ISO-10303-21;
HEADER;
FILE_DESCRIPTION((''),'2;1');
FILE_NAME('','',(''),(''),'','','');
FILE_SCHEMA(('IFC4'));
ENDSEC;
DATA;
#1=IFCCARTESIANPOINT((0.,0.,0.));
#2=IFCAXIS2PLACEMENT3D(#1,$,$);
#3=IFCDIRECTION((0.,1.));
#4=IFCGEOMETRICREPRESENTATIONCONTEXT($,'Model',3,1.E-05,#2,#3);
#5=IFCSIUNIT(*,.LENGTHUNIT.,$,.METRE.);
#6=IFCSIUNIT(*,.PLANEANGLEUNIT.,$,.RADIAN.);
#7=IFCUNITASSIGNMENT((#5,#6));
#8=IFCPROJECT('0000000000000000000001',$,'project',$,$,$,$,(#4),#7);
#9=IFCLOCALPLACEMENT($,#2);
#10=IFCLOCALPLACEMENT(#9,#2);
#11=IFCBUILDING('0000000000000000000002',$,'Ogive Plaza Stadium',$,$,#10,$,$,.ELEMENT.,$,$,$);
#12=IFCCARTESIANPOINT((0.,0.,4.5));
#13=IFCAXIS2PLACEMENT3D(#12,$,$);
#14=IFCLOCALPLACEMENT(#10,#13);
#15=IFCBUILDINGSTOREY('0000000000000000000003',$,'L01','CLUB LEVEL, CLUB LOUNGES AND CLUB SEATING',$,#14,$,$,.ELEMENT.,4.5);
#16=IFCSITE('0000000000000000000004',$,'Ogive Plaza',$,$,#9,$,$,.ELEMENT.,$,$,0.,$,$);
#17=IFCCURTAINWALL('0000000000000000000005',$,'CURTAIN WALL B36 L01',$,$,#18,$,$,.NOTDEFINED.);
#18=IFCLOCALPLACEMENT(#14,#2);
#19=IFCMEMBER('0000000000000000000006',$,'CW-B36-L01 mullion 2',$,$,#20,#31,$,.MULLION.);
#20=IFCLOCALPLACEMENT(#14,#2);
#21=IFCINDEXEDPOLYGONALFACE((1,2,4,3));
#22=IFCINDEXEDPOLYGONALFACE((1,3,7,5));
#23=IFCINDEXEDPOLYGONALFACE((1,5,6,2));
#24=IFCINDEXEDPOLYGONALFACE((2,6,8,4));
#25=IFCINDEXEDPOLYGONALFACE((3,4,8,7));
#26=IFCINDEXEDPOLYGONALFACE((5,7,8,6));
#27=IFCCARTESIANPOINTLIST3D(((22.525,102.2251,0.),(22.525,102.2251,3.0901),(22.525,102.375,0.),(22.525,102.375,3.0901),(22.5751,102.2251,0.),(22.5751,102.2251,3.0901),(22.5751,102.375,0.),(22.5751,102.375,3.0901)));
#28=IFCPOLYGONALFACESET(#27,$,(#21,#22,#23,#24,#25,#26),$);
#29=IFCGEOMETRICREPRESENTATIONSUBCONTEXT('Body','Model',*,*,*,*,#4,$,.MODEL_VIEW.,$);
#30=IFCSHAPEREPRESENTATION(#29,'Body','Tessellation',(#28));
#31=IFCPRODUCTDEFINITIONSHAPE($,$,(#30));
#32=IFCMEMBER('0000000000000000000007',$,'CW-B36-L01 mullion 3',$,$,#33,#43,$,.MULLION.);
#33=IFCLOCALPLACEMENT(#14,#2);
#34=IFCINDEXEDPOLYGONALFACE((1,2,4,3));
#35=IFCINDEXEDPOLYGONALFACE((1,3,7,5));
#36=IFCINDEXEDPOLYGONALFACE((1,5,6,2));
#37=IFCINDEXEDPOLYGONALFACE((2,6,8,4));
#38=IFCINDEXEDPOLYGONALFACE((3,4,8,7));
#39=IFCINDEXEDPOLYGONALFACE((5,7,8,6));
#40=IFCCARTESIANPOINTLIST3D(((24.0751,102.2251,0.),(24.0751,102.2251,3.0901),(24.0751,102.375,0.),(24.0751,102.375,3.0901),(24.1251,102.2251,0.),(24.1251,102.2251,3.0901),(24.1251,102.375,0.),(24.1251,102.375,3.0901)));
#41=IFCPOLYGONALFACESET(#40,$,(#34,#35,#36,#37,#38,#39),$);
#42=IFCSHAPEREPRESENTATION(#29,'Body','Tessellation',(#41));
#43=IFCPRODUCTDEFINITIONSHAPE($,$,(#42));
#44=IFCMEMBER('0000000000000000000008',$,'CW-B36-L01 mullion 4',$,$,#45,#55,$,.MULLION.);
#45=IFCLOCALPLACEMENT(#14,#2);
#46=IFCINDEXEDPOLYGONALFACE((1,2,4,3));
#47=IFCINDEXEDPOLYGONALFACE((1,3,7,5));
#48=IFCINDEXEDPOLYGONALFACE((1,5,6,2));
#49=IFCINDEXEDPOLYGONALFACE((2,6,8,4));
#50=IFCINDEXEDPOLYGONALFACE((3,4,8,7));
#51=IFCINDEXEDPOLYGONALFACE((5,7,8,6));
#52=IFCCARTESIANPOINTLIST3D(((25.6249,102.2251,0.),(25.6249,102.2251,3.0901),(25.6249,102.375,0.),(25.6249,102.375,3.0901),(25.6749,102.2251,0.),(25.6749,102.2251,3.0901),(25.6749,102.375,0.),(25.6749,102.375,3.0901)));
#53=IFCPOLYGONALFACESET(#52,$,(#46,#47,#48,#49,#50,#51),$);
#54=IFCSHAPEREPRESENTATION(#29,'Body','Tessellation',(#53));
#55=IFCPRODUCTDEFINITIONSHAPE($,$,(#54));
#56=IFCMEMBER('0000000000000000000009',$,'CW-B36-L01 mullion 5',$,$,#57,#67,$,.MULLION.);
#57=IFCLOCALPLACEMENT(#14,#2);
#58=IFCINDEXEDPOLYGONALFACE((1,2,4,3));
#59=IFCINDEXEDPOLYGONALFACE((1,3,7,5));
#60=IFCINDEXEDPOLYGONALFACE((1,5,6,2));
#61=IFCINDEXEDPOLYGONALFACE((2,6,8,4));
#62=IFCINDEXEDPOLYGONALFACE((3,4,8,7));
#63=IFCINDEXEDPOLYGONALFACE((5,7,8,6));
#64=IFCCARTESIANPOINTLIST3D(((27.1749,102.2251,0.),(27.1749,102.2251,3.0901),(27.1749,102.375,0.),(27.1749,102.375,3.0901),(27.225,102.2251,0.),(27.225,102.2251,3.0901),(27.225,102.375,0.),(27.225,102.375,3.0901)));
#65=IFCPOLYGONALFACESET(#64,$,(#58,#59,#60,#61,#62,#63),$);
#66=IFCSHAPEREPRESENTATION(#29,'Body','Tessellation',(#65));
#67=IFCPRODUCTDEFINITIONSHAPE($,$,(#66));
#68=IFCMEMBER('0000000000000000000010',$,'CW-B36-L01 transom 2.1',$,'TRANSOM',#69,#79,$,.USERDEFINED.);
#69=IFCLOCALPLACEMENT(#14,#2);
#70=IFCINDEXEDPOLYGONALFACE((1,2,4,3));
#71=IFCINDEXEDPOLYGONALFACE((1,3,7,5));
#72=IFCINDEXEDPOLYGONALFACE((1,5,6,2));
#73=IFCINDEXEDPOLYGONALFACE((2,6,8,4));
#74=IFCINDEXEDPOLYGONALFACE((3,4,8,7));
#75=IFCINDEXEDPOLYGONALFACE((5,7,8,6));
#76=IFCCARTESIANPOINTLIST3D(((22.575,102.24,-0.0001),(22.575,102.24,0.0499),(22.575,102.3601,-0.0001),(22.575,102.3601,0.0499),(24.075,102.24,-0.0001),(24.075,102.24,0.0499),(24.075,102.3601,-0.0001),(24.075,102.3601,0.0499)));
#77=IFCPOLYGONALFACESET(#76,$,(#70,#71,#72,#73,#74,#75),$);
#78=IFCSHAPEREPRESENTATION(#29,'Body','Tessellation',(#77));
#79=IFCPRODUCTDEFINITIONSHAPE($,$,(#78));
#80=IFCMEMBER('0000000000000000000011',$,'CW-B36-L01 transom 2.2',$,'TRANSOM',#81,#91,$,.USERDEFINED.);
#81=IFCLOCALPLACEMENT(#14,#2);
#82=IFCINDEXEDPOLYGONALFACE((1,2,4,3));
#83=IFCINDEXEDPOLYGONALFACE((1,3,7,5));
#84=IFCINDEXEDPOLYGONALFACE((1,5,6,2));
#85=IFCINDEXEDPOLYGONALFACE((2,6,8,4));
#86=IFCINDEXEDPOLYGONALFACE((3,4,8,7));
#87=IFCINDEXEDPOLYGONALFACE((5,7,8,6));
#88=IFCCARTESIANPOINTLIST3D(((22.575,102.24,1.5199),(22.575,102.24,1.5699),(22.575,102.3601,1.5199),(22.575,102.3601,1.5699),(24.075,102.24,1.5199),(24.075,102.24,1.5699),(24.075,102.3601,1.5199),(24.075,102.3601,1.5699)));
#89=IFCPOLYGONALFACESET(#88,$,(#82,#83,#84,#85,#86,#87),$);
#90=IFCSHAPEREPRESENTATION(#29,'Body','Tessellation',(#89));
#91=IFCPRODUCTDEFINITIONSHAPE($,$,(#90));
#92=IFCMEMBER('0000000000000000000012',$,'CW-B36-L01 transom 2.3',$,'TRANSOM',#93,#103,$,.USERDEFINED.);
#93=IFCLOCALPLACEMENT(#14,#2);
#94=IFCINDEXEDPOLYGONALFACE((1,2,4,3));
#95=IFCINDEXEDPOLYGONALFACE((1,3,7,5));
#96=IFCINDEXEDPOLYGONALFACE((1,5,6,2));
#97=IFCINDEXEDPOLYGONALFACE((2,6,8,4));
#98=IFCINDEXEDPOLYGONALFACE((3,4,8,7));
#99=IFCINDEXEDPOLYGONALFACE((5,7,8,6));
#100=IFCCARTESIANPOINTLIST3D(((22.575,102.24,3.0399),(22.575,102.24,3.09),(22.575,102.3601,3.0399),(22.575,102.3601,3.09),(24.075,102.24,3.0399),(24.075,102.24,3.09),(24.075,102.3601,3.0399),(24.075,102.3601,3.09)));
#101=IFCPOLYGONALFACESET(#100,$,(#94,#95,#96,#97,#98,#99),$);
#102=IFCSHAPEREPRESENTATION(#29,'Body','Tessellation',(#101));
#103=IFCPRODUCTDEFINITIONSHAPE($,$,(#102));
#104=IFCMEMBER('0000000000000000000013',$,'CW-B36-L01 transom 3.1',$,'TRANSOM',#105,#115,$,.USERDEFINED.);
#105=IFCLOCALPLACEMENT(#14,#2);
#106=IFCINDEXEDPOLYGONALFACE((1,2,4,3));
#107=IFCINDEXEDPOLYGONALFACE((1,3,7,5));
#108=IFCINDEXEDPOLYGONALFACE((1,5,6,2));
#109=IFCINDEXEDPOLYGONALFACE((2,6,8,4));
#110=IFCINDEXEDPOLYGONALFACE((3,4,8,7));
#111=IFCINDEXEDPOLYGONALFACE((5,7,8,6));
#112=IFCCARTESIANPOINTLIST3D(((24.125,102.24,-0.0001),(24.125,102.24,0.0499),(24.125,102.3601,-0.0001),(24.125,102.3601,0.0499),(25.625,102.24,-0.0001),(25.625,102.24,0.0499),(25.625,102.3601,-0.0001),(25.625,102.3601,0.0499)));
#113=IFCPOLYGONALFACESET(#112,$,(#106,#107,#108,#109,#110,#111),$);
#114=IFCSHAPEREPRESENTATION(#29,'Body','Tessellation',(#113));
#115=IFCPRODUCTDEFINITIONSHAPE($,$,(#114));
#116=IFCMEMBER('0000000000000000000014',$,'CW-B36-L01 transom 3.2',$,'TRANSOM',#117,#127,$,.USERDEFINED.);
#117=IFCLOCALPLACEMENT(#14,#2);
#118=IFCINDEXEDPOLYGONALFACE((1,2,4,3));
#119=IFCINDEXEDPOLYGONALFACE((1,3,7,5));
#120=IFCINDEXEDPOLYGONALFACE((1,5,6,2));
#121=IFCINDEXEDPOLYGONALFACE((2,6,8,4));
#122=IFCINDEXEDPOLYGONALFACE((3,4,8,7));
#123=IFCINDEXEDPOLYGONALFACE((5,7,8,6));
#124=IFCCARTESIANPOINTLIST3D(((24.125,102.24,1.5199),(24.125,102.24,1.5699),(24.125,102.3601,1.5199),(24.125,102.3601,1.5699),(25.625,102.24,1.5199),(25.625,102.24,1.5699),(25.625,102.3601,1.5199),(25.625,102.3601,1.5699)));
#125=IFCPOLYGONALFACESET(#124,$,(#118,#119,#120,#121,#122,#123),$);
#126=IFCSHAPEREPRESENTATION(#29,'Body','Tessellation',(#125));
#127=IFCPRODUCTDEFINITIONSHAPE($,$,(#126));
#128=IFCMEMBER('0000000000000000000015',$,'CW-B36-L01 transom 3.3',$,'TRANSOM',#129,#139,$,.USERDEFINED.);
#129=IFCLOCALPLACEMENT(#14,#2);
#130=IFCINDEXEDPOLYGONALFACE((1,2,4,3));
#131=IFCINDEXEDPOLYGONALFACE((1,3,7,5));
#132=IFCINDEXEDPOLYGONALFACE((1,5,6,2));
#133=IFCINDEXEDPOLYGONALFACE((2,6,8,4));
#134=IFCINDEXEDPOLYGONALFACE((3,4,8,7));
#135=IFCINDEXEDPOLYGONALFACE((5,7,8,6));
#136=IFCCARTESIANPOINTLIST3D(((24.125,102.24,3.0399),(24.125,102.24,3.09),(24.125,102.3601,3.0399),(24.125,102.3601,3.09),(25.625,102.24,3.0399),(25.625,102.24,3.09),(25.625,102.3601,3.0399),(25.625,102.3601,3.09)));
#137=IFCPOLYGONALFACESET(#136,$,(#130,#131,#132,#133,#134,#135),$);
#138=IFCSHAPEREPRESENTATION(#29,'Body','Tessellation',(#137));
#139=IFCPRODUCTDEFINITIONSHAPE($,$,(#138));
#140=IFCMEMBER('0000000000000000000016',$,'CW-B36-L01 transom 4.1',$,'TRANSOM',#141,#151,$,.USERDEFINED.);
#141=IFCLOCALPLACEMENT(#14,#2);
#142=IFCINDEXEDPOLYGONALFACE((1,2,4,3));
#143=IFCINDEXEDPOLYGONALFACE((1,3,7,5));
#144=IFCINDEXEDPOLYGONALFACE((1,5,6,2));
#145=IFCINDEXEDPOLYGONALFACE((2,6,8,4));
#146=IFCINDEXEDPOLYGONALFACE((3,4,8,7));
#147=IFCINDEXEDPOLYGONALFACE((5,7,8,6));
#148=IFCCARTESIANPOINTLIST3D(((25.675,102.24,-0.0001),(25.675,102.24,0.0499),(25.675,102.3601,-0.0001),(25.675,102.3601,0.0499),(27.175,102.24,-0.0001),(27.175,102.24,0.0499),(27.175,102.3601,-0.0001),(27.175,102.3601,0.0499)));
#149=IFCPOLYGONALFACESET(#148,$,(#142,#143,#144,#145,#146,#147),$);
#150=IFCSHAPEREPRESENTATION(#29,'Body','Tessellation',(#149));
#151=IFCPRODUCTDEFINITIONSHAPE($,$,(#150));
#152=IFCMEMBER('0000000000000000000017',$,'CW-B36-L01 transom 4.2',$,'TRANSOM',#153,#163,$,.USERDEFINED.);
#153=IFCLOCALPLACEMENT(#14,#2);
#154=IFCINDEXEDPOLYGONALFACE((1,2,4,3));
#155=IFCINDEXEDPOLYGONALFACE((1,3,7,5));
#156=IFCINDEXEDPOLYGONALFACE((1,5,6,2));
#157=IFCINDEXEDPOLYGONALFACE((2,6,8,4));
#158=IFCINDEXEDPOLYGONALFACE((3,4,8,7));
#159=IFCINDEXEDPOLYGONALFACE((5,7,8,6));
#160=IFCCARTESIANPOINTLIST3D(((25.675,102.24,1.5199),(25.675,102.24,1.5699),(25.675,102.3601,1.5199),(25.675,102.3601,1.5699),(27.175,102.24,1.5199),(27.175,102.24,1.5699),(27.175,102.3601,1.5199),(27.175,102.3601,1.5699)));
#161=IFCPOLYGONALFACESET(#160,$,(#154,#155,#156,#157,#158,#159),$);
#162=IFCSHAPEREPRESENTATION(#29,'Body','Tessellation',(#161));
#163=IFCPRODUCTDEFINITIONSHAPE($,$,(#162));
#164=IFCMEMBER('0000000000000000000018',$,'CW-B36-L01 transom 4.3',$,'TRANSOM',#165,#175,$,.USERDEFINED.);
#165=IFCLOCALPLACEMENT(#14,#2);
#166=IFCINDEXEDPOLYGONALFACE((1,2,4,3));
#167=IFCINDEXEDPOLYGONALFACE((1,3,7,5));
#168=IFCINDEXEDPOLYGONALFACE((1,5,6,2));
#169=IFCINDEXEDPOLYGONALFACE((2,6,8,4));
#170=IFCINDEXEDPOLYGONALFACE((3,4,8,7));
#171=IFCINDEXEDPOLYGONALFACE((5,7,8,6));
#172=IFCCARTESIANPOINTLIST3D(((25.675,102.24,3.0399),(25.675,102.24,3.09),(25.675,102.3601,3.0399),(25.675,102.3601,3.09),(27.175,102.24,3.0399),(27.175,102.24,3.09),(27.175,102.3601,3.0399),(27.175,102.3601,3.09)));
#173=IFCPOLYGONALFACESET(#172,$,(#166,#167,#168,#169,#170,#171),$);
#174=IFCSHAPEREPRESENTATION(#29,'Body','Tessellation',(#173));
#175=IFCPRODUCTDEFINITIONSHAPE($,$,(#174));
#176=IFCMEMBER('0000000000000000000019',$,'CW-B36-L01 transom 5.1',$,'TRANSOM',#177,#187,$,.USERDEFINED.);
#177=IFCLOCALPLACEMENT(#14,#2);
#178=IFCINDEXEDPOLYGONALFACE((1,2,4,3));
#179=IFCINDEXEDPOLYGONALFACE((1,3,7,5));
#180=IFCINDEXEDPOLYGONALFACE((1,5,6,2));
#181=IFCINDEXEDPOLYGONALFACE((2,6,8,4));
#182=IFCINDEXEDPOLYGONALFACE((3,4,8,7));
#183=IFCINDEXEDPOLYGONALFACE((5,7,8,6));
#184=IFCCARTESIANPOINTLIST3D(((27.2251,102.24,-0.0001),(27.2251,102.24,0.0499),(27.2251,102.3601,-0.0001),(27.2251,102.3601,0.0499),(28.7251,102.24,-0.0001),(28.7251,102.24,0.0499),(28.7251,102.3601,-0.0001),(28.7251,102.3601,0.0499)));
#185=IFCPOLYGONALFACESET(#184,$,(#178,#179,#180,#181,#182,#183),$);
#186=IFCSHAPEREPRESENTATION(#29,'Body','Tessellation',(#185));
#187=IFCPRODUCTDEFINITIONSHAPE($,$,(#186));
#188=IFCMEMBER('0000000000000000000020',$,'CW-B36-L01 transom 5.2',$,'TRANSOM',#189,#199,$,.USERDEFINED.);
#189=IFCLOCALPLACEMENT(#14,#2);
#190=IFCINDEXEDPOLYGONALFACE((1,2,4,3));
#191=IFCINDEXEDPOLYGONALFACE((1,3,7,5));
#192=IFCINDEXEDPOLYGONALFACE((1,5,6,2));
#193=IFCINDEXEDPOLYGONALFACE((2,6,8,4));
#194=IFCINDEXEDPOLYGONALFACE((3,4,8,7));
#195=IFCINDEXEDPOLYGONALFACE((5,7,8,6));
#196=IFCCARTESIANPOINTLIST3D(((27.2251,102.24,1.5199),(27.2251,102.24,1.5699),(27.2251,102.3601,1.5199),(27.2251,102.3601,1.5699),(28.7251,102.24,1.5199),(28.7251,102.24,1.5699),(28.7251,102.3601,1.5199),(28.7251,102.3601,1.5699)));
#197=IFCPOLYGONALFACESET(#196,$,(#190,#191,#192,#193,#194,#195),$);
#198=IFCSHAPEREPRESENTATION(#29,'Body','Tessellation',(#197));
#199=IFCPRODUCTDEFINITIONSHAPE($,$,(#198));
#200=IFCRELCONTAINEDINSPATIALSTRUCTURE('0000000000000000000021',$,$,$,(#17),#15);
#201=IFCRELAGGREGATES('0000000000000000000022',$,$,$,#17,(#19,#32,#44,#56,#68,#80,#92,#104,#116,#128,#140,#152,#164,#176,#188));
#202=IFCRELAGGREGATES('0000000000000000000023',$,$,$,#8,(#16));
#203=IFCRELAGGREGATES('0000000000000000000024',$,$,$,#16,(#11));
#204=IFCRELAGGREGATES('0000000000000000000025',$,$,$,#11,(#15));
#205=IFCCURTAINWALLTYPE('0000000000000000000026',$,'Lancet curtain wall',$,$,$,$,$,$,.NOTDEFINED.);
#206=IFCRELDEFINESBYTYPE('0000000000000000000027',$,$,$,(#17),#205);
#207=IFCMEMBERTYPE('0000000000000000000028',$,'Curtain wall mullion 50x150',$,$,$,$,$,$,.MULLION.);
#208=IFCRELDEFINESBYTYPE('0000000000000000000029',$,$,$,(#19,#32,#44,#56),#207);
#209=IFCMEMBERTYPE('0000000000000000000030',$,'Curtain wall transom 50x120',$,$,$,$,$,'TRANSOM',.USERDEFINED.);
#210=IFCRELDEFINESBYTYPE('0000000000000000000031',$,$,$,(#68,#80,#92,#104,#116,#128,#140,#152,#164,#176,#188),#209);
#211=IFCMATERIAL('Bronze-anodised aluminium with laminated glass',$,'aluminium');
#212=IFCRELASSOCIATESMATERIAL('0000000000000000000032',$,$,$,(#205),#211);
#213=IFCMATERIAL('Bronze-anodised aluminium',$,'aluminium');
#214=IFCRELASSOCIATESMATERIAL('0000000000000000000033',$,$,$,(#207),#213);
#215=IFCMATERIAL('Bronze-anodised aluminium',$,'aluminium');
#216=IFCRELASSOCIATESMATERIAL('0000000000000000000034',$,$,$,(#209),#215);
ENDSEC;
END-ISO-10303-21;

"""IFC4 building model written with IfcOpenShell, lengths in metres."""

from ifc_helpers import new_model, si_unit, direction, frame, origin, origin_2d, place, context, subcontext, project, spatial, rectangle, extrude, material, material_profile, profile_set, type_object, element, aggregate, save


model = new_model("IFC4")

# Units and contexts
model_context = context("Model", 3, precision=1e-05, world=origin(), true_north=direction((0.0, 1.0)))
body_context = subcontext(model_context, "Body", "Model", "MODEL_VIEW")
ifc_project = project(units=[si_unit("LENGTHUNIT", "METRE"), si_unit("PLANEANGLEUNIT", "RADIAN")], contexts=[model_context])

# Site, building, storey
site_placement = place(None, origin())
site = spatial("IfcSite", under=ifc_project, at=site_placement, Name="Ogive Plaza", CompositionType="ELEMENT", RefElevation=0.0)
building_placement = place(site_placement, origin())
building = spatial("IfcBuilding", under=site, at=building_placement, Name="Ogive Plaza Stadium", CompositionType="ELEMENT")
storey_placement = place(building_placement, frame((0.0, 0.0, 4.5)))
storey = spatial("IfcBuildingStorey", under=building, at=storey_placement, Name="L01", Description="CLUB LEVEL, CLUB LOUNGES AND CLUB SEATING", CompositionType="ELEMENT", Elevation=4.5)

# Curtain wall, members
ifc_material_1 = material(Name="Bronze-anodised aluminium with laminated glass", Category="aluminium")
curtain_wall_type = type_object("IfcCurtainWallType", Name="Lancet curtain wall", PredefinedType="NOTDEFINED", material=ifc_material_1)
curtain_wall_placement = place(storey_placement, origin())
curtain_wall = element("IfcCurtainWall", 1, at=curtain_wall_placement, inside=storey, type_object=curtain_wall_type, Name="CURTAIN WALL B36 L01", PredefinedType="NOTDEFINED")
ifc_material_2 = material(Name="Bronze-anodised aluminium", Category="aluminium")
ifc_material_profile_1 = material_profile(ifc_material_2, rectangle(XDim=0.1499, YDim=0.05, at=origin_2d()), Name="AL 150x50")
ifc_profile_set_1 = profile_set([ifc_material_profile_1], Name="Bronze-anodised aluminium")
member_type_1 = type_object("IfcMemberType", Name="Curtain wall mullion 50x150", PredefinedType="MULLION", material=ifc_profile_set_1)
member_1_placement = place(storey_placement, frame((22.55, 102.3, 0.0), z_axis=(0.0, 0.0, 1.0), x_axis=(0.0, 1.0, 0.0)))
member_1 = element("IfcMember", 2, at=member_1_placement, type_object=member_type_1, Name="CW-B36-L01 mullion 2", PredefinedType="MULLION", context=body_context, shape_type="SweptSolid", body=[
    extrude(rectangle(XDim=0.1499, YDim=0.05, at=origin_2d()), origin(), (0.0, 0.0, 1.0), 3.0901),
])
member_2_placement = place(storey_placement, frame((24.1001, 102.3, 0.0), z_axis=(0.0, 0.0, 1.0), x_axis=(0.0, 1.0, 0.0)))
member_2 = element("IfcMember", 3, at=member_2_placement, type_object=member_type_1, Name="CW-B36-L01 mullion 3", PredefinedType="MULLION", context=body_context, shape_type="SweptSolid", body=[
    extrude(rectangle(XDim=0.1499, YDim=0.05, at=origin_2d()), origin(), (0.0, 0.0, 1.0), 3.0901),
])
member_3_placement = place(storey_placement, frame((25.6499, 102.3, 0.0), z_axis=(0.0, 0.0, 1.0), x_axis=(0.0, 1.0, 0.0)))
member_3 = element("IfcMember", 4, at=member_3_placement, type_object=member_type_1, Name="CW-B36-L01 mullion 4", PredefinedType="MULLION", context=body_context, shape_type="SweptSolid", body=[
    extrude(rectangle(XDim=0.1499, YDim=0.05, at=origin_2d()), origin(), (0.0, 0.0, 1.0), 3.0901),
])
member_4_placement = place(storey_placement, frame((27.2, 102.3, 0.0), z_axis=(0.0, 0.0, 1.0), x_axis=(0.0, 1.0, 0.0)))
member_4 = element("IfcMember", 5, at=member_4_placement, type_object=member_type_1, Name="CW-B36-L01 mullion 5", PredefinedType="MULLION", context=body_context, shape_type="SweptSolid", body=[
    extrude(rectangle(XDim=0.1499, YDim=0.05, at=origin_2d()), origin(), (0.0, 0.0, 1.0), 3.0901),
])
ifc_material_3 = material(Name="Bronze-anodised aluminium", Category="aluminium")
ifc_material_profile_2 = material_profile(ifc_material_3, rectangle(XDim=0.1201, YDim=0.05, at=origin_2d()), Name="AL 120x50")
ifc_profile_set_2 = profile_set([ifc_material_profile_2], Name="Bronze-anodised aluminium")
member_type_2 = type_object("IfcMemberType", Name="Curtain wall transom 50x120", ElementType="TRANSOM", PredefinedType="USERDEFINED", material=ifc_profile_set_2)
member_5_placement = place(storey_placement, frame((22.575, 102.3, 0.0249), z_axis=(1.0, 0.0, 0.0), x_axis=(0.0, 1.0, 0.0)))
member_5 = element("IfcMember", 6, at=member_5_placement, type_object=member_type_2, Name="CW-B36-L01 transom 2.1", ObjectType="TRANSOM", PredefinedType="USERDEFINED", context=body_context, shape_type="SweptSolid", body=[
    extrude(rectangle(XDim=0.1201, YDim=0.05, at=origin_2d()), origin(), (0.0, 0.0, 1.0), 1.5),
])
member_6_placement = place(storey_placement, frame((22.575, 102.3, 1.5449), z_axis=(1.0, 0.0, 0.0), x_axis=(0.0, 1.0, 0.0)))
member_6 = element("IfcMember", 7, at=member_6_placement, type_object=member_type_2, Name="CW-B36-L01 transom 2.2", ObjectType="TRANSOM", PredefinedType="USERDEFINED", context=body_context, shape_type="SweptSolid", body=[
    extrude(rectangle(XDim=0.1201, YDim=0.05, at=origin_2d()), origin(), (0.0, 0.0, 1.0), 1.5),
])
member_7_placement = place(storey_placement, frame((22.575, 102.3, 3.0649), z_axis=(1.0, 0.0, 0.0), x_axis=(0.0, 1.0, 0.0)))
member_7 = element("IfcMember", 8, at=member_7_placement, type_object=member_type_2, Name="CW-B36-L01 transom 2.3", ObjectType="TRANSOM", PredefinedType="USERDEFINED", context=body_context, shape_type="SweptSolid", body=[
    extrude(rectangle(XDim=0.1201, YDim=0.05, at=origin_2d()), origin(), (0.0, 0.0, 1.0), 1.5),
])
member_8_placement = place(storey_placement, frame((24.125, 102.3, 0.0249), z_axis=(1.0, 0.0, 0.0), x_axis=(0.0, 1.0, 0.0)))
member_8 = element("IfcMember", 9, at=member_8_placement, type_object=member_type_2, Name="CW-B36-L01 transom 3.1", ObjectType="TRANSOM", PredefinedType="USERDEFINED", context=body_context, shape_type="SweptSolid", body=[
    extrude(rectangle(XDim=0.1201, YDim=0.05, at=origin_2d()), origin(), (0.0, 0.0, 1.0), 1.5),
])
member_9_placement = place(storey_placement, frame((24.125, 102.3, 1.5449), z_axis=(1.0, 0.0, 0.0), x_axis=(0.0, 1.0, 0.0)))
member_9 = element("IfcMember", 10, at=member_9_placement, type_object=member_type_2, Name="CW-B36-L01 transom 3.2", ObjectType="TRANSOM", PredefinedType="USERDEFINED", context=body_context, shape_type="SweptSolid", body=[
    extrude(rectangle(XDim=0.1201, YDim=0.05, at=origin_2d()), origin(), (0.0, 0.0, 1.0), 1.5),
])
member_10_placement = place(storey_placement, frame((24.125, 102.3, 3.0649), z_axis=(1.0, 0.0, 0.0), x_axis=(0.0, 1.0, 0.0)))
member_10 = element("IfcMember", 11, at=member_10_placement, type_object=member_type_2, Name="CW-B36-L01 transom 3.3", ObjectType="TRANSOM", PredefinedType="USERDEFINED", context=body_context, shape_type="SweptSolid", body=[
    extrude(rectangle(XDim=0.1201, YDim=0.05, at=origin_2d()), origin(), (0.0, 0.0, 1.0), 1.5),
])
member_11_placement = place(storey_placement, frame((25.675, 102.3, 0.0249), z_axis=(1.0, 0.0, 0.0), x_axis=(0.0, 1.0, 0.0)))
member_11 = element("IfcMember", 12, at=member_11_placement, type_object=member_type_2, Name="CW-B36-L01 transom 4.1", ObjectType="TRANSOM", PredefinedType="USERDEFINED", context=body_context, shape_type="SweptSolid", body=[
    extrude(rectangle(XDim=0.1201, YDim=0.05, at=origin_2d()), origin(), (0.0, 0.0, 1.0), 1.5),
])
member_12_placement = place(storey_placement, frame((25.675, 102.3, 1.5449), z_axis=(1.0, 0.0, 0.0), x_axis=(0.0, 1.0, 0.0)))
member_12 = element("IfcMember", 13, at=member_12_placement, type_object=member_type_2, Name="CW-B36-L01 transom 4.2", ObjectType="TRANSOM", PredefinedType="USERDEFINED", context=body_context, shape_type="SweptSolid", body=[
    extrude(rectangle(XDim=0.1201, YDim=0.05, at=origin_2d()), origin(), (0.0, 0.0, 1.0), 1.5),
])
member_13_placement = place(storey_placement, frame((25.675, 102.3, 3.0649), z_axis=(1.0, 0.0, 0.0), x_axis=(0.0, 1.0, 0.0)))
member_13 = element("IfcMember", 14, at=member_13_placement, type_object=member_type_2, Name="CW-B36-L01 transom 4.3", ObjectType="TRANSOM", PredefinedType="USERDEFINED", context=body_context, shape_type="SweptSolid", body=[
    extrude(rectangle(XDim=0.1201, YDim=0.05, at=origin_2d()), origin(), (0.0, 0.0, 1.0), 1.5),
])
member_14_placement = place(storey_placement, frame((27.2251, 102.3, 0.0249), z_axis=(1.0, 0.0, 0.0), x_axis=(0.0, 1.0, 0.0)))
member_14 = element("IfcMember", 15, at=member_14_placement, type_object=member_type_2, Name="CW-B36-L01 transom 5.1", ObjectType="TRANSOM", PredefinedType="USERDEFINED", context=body_context, shape_type="SweptSolid", body=[
    extrude(rectangle(XDim=0.1201, YDim=0.05, at=origin_2d()), origin(), (0.0, 0.0, 1.0), 1.5),
])
member_15_placement = place(storey_placement, frame((27.2251, 102.3, 1.5449), z_axis=(1.0, 0.0, 0.0), x_axis=(0.0, 1.0, 0.0)))
member_15 = element("IfcMember", 16, at=member_15_placement, type_object=member_type_2, Name="CW-B36-L01 transom 5.2", ObjectType="TRANSOM", PredefinedType="USERDEFINED", context=body_context, shape_type="SweptSolid", body=[
    extrude(rectangle(XDim=0.1201, YDim=0.05, at=origin_2d()), origin(), (0.0, 0.0, 1.0), 1.5),
])
aggregate(curtain_wall, [member_1, member_2, member_3, member_4, member_5, member_6, member_7, member_8, member_9, member_10, member_11, member_12, member_13, member_14, member_15])

save(model, "model.ifc")
